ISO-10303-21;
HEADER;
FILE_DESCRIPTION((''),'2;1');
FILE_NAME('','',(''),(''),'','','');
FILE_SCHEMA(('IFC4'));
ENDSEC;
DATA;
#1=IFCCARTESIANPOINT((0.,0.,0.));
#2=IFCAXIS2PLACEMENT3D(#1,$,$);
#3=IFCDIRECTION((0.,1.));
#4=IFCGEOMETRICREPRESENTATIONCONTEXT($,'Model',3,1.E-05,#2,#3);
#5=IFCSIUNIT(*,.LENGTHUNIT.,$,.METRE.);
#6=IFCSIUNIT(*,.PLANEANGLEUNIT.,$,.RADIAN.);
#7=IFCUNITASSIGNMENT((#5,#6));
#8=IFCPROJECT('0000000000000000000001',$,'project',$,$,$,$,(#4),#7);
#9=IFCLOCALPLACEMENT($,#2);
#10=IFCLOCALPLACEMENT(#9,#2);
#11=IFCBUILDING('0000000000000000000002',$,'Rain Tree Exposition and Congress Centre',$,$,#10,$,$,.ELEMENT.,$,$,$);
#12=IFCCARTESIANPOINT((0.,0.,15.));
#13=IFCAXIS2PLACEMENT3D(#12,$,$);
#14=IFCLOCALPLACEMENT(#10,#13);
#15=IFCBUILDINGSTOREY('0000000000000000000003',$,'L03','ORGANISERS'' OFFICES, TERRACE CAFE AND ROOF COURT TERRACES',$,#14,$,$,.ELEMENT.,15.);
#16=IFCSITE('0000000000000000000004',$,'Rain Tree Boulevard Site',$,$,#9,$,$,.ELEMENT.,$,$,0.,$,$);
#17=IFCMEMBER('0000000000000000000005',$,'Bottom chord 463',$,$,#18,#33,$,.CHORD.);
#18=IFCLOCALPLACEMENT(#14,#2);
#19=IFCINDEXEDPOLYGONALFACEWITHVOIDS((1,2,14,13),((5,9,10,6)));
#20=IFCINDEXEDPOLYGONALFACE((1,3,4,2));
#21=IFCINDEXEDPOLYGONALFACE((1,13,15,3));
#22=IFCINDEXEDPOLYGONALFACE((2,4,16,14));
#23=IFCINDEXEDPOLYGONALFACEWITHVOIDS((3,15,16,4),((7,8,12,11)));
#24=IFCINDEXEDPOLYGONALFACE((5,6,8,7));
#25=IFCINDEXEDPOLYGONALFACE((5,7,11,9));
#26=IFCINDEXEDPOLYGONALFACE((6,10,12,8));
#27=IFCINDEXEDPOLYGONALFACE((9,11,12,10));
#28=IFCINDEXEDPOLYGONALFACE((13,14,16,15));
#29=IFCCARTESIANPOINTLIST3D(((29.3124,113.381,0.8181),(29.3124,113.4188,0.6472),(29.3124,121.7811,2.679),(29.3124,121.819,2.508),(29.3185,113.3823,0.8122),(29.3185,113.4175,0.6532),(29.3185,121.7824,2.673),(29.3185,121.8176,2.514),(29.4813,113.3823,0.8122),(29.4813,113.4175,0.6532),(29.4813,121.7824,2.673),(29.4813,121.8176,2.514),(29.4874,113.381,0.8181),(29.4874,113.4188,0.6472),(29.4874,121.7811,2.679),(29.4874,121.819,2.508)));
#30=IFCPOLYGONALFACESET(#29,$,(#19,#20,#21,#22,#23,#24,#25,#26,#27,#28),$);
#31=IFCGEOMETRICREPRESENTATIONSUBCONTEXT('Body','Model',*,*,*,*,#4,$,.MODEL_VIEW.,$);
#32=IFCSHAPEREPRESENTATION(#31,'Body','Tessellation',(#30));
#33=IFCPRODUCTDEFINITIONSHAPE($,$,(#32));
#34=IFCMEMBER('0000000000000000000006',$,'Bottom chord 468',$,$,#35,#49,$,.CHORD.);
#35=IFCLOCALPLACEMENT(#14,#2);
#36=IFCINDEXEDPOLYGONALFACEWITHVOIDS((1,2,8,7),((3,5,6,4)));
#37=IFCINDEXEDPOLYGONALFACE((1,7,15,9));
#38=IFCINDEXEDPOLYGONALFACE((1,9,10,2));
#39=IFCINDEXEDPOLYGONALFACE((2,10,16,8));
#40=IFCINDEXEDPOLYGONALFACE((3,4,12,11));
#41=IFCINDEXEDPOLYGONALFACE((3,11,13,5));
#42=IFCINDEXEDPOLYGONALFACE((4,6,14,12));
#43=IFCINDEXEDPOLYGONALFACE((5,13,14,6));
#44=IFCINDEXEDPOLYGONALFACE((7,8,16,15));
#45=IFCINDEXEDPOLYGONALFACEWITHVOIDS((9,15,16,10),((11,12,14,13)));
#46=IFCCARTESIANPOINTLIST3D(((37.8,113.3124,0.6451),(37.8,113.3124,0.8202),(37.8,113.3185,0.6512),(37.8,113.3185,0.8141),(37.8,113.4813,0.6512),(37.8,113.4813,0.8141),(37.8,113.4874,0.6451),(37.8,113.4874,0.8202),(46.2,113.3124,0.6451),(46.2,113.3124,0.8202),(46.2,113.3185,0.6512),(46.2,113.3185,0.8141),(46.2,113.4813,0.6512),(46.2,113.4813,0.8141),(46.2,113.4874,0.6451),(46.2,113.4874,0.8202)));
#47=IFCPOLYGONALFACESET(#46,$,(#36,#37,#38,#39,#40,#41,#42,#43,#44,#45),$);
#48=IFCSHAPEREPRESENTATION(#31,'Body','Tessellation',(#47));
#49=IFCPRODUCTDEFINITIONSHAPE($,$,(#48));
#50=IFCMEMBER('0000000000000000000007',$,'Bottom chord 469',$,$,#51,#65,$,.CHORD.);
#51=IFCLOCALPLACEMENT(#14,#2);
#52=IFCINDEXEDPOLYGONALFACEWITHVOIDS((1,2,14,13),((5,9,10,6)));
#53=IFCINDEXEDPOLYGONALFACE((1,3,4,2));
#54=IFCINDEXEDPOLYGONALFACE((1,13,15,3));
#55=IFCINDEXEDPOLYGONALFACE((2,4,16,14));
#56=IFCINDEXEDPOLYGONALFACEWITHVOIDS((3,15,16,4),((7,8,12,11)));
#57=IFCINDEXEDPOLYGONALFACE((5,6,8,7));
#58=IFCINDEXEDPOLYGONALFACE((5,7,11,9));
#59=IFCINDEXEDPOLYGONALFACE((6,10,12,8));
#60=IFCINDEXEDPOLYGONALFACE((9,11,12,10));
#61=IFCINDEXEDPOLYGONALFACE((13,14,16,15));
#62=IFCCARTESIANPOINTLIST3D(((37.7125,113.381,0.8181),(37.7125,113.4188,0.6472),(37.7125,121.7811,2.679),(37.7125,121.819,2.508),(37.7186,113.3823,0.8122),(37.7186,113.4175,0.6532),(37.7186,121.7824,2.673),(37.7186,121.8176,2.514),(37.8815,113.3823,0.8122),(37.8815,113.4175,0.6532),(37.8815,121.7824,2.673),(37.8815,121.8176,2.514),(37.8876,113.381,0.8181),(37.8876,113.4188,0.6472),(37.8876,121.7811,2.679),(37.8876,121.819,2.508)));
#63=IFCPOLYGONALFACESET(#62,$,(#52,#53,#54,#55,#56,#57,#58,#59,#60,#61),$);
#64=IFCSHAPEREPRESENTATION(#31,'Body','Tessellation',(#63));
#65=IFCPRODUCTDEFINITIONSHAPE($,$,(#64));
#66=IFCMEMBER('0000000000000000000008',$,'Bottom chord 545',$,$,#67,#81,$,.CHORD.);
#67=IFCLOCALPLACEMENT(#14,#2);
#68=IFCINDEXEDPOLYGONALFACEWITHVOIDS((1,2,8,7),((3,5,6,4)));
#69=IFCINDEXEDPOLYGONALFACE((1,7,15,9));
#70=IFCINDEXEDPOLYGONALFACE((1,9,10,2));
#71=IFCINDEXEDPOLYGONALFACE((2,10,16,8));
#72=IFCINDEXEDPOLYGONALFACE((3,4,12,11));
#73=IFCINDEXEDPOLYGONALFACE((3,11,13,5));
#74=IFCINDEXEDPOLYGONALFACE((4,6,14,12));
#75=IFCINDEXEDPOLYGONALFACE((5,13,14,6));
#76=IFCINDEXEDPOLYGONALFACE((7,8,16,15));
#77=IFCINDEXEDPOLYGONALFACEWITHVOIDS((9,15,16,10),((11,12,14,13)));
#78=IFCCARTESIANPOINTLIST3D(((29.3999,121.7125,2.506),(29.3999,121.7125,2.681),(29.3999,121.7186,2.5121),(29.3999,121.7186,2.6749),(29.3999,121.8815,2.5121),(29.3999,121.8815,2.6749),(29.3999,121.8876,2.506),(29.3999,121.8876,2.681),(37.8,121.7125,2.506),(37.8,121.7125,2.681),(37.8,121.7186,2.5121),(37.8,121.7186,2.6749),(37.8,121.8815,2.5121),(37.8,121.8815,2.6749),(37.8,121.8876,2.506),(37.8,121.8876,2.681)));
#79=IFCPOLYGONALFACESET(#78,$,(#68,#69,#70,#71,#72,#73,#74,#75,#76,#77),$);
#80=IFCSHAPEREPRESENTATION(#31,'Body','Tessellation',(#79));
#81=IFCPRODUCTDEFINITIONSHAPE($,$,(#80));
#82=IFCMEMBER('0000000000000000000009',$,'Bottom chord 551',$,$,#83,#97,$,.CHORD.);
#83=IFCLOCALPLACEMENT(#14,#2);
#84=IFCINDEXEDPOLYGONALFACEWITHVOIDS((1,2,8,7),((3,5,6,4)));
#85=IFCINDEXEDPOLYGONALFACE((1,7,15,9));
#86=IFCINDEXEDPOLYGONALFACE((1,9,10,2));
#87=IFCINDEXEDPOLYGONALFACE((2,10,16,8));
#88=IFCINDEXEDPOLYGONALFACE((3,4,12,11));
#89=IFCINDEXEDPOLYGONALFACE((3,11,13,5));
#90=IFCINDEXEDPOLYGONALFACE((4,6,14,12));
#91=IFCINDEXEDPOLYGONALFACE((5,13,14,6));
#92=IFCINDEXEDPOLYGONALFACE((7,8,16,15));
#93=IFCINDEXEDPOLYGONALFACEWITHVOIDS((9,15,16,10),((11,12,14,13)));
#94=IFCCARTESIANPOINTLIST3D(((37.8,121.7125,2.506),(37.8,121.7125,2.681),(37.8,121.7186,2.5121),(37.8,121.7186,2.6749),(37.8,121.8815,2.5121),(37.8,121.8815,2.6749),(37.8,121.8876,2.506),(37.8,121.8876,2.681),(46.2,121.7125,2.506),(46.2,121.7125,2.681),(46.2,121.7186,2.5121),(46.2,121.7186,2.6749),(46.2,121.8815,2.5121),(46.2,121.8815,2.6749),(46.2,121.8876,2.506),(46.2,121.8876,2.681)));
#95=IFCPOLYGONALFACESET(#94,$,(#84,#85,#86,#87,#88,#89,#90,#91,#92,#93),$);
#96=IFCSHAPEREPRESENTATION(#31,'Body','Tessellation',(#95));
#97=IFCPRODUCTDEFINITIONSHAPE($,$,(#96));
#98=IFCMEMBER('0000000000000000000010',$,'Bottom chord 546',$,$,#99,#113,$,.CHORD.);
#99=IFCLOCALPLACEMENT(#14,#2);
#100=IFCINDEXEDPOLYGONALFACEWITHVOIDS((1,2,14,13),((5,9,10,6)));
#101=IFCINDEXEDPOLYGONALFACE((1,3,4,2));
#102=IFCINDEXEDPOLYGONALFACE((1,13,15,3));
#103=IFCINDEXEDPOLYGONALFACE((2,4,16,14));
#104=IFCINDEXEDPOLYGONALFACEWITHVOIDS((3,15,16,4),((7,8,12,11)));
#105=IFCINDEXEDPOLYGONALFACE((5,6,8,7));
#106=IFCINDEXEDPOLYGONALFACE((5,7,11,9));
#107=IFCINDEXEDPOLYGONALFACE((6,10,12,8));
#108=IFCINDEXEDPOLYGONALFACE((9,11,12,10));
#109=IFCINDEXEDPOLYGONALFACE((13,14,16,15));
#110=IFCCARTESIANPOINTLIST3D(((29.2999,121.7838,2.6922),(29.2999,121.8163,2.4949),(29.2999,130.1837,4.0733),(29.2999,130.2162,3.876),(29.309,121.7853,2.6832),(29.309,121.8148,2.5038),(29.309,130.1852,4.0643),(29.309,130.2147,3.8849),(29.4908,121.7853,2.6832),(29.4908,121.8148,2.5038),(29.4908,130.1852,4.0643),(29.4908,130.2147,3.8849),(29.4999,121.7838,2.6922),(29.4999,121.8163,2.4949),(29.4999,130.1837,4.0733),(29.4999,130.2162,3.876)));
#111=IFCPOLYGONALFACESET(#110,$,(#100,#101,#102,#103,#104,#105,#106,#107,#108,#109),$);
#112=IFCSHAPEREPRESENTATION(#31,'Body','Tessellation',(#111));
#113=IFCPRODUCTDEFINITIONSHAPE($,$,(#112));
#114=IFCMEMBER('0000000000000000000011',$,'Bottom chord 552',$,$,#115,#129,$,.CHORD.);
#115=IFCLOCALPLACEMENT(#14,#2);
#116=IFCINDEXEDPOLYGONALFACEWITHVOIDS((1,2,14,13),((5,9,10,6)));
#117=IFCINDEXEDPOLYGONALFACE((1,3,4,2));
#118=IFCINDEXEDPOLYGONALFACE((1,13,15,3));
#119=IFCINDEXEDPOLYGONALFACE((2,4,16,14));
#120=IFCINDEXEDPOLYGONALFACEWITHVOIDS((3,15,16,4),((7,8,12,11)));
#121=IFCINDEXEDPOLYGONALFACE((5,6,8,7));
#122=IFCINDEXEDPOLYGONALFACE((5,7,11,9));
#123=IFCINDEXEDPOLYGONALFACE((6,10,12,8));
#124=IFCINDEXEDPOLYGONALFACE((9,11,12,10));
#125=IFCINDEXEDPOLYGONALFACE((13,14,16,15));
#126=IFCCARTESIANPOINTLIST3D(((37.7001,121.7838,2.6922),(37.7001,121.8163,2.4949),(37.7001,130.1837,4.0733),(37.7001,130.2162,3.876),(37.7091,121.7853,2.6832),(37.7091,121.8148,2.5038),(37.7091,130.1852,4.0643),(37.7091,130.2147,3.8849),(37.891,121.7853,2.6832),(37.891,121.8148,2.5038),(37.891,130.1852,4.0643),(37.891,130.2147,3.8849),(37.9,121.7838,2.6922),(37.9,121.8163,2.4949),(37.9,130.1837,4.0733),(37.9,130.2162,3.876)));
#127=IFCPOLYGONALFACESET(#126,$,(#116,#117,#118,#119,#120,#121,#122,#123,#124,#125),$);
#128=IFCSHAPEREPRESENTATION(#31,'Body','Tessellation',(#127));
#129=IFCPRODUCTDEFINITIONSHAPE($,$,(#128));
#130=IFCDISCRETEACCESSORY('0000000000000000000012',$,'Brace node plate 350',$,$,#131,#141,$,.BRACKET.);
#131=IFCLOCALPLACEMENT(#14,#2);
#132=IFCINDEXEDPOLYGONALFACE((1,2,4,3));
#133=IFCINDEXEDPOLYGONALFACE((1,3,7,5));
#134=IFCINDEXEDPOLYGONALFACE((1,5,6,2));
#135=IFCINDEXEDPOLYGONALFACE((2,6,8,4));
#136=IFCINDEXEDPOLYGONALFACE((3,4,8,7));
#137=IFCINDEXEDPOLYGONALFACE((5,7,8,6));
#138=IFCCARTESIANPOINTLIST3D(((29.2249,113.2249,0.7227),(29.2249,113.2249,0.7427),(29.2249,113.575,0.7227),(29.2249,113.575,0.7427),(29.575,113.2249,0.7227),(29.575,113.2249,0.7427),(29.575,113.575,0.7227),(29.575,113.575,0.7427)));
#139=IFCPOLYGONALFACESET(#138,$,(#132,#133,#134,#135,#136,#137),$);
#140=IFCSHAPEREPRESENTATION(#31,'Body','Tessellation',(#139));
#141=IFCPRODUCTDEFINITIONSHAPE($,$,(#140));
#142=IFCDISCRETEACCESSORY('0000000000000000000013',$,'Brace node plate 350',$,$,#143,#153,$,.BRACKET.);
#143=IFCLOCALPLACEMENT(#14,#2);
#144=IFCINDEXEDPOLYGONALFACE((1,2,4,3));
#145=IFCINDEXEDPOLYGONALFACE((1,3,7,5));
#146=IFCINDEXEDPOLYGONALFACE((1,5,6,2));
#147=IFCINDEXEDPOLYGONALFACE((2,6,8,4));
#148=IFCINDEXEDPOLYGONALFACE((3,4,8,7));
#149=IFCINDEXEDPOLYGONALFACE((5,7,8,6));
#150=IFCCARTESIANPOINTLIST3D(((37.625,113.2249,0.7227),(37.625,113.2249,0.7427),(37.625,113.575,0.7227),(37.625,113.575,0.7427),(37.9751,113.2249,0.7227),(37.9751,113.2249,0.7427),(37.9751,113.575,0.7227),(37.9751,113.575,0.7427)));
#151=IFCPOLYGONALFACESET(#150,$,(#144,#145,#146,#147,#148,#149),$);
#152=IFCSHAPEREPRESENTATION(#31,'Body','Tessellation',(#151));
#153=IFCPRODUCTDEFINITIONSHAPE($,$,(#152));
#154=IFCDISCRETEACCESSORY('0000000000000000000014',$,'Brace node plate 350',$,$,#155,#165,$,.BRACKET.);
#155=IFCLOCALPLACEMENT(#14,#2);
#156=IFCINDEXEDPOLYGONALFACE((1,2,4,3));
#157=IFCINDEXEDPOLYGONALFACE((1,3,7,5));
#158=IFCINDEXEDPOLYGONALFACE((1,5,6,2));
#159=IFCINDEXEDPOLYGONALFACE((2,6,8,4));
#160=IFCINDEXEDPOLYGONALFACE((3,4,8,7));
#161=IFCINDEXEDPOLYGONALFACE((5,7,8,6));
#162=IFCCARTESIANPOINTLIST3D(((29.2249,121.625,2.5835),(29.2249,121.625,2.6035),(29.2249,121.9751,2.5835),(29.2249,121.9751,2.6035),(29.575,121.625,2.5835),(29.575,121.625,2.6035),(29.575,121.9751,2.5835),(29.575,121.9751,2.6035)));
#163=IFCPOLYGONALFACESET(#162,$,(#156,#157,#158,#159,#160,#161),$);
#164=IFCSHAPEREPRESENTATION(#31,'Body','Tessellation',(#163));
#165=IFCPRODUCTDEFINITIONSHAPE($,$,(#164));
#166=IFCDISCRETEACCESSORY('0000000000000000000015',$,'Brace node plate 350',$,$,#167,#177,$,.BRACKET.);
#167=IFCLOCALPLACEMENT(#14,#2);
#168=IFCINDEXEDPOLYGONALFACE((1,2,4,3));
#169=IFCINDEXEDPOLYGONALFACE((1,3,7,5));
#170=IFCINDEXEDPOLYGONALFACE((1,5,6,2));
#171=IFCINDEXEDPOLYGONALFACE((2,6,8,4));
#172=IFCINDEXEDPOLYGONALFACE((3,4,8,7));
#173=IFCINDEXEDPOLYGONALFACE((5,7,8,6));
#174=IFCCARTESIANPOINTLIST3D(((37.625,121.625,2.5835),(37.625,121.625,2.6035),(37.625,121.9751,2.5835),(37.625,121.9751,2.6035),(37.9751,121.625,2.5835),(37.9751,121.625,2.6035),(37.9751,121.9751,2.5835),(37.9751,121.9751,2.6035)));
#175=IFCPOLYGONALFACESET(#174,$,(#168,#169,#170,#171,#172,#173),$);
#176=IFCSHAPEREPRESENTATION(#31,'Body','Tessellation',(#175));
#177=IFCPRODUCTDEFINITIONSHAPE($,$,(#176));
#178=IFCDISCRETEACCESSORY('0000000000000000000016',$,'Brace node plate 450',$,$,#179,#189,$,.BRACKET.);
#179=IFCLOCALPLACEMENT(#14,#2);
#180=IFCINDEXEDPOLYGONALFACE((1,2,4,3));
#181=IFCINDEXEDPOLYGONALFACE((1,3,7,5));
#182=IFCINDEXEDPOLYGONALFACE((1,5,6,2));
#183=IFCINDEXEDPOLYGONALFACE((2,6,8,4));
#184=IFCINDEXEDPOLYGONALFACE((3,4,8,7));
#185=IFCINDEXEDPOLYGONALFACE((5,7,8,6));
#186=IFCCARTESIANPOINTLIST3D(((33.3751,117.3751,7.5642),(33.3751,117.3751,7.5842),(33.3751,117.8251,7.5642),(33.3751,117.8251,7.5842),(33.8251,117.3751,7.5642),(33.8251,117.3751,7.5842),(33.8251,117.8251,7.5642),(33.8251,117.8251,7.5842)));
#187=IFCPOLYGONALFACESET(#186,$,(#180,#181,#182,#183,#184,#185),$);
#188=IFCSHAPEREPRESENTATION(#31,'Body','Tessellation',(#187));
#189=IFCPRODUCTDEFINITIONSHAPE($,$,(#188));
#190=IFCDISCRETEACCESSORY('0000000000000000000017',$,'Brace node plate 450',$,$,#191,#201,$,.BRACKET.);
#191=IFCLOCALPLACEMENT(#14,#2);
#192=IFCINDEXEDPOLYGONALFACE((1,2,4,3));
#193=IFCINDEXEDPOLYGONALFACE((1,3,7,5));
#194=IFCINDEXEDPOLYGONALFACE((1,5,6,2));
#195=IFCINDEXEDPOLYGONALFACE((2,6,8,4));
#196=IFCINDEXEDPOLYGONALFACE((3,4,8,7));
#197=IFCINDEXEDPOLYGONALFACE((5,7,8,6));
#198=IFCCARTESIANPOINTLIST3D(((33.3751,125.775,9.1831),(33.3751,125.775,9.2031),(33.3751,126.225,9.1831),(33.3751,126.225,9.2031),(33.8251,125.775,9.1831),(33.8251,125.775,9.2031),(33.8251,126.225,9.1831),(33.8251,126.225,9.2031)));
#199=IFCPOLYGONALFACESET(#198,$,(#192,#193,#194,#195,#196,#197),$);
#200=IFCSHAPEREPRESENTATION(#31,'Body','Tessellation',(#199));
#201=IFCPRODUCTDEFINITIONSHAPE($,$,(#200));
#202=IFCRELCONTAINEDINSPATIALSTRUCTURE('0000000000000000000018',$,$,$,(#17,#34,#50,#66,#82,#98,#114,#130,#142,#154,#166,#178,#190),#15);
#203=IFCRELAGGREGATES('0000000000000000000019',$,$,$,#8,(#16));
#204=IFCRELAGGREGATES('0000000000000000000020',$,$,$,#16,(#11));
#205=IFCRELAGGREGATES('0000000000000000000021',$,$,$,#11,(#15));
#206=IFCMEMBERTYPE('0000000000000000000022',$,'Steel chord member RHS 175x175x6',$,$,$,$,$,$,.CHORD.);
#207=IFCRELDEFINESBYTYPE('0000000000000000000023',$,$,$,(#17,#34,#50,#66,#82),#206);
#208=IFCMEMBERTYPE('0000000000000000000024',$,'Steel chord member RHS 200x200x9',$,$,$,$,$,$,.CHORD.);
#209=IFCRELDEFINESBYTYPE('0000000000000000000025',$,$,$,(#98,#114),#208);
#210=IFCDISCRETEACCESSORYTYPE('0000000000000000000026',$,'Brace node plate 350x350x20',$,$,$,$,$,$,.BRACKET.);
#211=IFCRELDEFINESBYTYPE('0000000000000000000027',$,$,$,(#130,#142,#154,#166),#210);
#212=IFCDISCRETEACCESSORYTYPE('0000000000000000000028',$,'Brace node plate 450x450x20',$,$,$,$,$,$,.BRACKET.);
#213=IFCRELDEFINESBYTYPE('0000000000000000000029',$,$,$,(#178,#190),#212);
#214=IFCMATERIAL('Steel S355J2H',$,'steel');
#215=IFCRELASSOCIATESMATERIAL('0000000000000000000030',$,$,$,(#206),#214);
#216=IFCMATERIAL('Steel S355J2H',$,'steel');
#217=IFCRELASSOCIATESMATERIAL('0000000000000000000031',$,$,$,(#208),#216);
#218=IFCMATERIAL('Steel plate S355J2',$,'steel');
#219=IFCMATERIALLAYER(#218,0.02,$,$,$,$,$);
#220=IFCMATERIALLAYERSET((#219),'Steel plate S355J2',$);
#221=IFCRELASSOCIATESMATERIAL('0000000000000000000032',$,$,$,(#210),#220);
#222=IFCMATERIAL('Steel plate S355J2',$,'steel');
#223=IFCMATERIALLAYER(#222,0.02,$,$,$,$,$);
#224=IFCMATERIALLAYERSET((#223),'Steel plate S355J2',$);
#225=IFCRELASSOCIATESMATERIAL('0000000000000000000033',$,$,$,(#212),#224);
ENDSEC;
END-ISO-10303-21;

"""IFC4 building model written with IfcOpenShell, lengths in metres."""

from ifc_helpers import new_model, si_unit, direction, frame, origin, origin_2d, place, context, subcontext, project, spatial, rectangle, hollow_rectangle, extrude, material, layer, layer_set, material_profile, profile_set, type_object, element, save


model = new_model("IFC4")

# Units and contexts
model_context = context("Model", 3, precision=1e-05, world=origin(), true_north=direction((0.0, 1.0)))
body_context = subcontext(model_context, "Body", "Model", "MODEL_VIEW")
ifc_project = project(units=[si_unit("LENGTHUNIT", "METRE"), si_unit("PLANEANGLEUNIT", "RADIAN")], contexts=[model_context])

# Site, building, storey
site_placement = place(None, origin())
site = spatial("IfcSite", under=ifc_project, at=site_placement, Name="Rain Tree Boulevard Site", CompositionType="ELEMENT", RefElevation=0.0)
building_placement = place(site_placement, origin())
building = spatial("IfcBuilding", under=site, at=building_placement, Name="Rain Tree Exposition and Congress Centre", CompositionType="ELEMENT")
storey_placement = place(building_placement, frame((0.0, 0.0, 15.0)))
storey = spatial("IfcBuildingStorey", under=building, at=storey_placement, Name="L03", Description="ORGANISERS' OFFICES, TERRACE CAFE AND ROOF COURT TERRACES", CompositionType="ELEMENT", Elevation=15.0)

# Members
ifc_material_1 = material(Name="Steel S355J2H", Category="steel")
ifc_material_profile_1 = material_profile(ifc_material_1, hollow_rectangle(XDim=0.175, YDim=0.175, WallThickness=0.0061, at=origin_2d()), Name="RHS 175x175x6")
ifc_profile_set_1 = profile_set([ifc_material_profile_1], Name="Steel S355J2H")
member_type_1 = type_object("IfcMemberType", Name="Steel chord member RHS 175x175x6", PredefinedType="CHORD", material=ifc_profile_set_1)
member_1_placement = place(storey_placement, frame((29.3999, 113.3999, 0.7327), z_axis=(0.0, 0.976331, 0.216281), x_axis=(-1.0, 0.0, 0.0)))
element("IfcMember", 1, at=member_1_placement, inside=storey, type_object=member_type_1, Name="Bottom chord 463", PredefinedType="CHORD", context=body_context, shape_type="SweptSolid", body=[
    extrude(hollow_rectangle(XDim=0.175, YDim=0.175, WallThickness=0.0061, at=origin_2d()), origin(), (0.0, 0.0, 1.0), 8.6038),
])
member_2_placement = place(storey_placement, frame((37.8, 113.3999, 0.7327), z_axis=(1.0, 0.0, 0.0), x_axis=(0.0, 1.0, 0.0)))
element("IfcMember", 2, at=member_2_placement, inside=storey, type_object=member_type_1, Name="Bottom chord 468", PredefinedType="CHORD", context=body_context, shape_type="SweptSolid", body=[
    extrude(hollow_rectangle(XDim=0.175, YDim=0.175, WallThickness=0.0061, at=origin_2d()), origin(), (0.0, 0.0, 1.0), 8.3999),
])
member_3_placement = place(storey_placement, frame((37.8, 113.3999, 0.7327), z_axis=(0.0, 0.976331, 0.216281), x_axis=(-1.0, 0.0, 0.0)))
element("IfcMember", 3, at=member_3_placement, inside=storey, type_object=member_type_1, Name="Bottom chord 469", PredefinedType="CHORD", context=body_context, shape_type="SweptSolid", body=[
    extrude(hollow_rectangle(XDim=0.175, YDim=0.175, WallThickness=0.0061, at=origin_2d()), origin(), (0.0, 0.0, 1.0), 8.6038),
])
member_4_placement = place(storey_placement, frame((29.3999, 121.8, 2.5935), z_axis=(1.0, 0.0, 0.0), x_axis=(0.0, 1.0, 0.0)))
element("IfcMember", 4, at=member_4_placement, inside=storey, type_object=member_type_1, Name="Bottom chord 545", PredefinedType="CHORD", context=body_context, shape_type="SweptSolid", body=[
    extrude(hollow_rectangle(XDim=0.175, YDim=0.175, WallThickness=0.0061, at=origin_2d()), origin(), (0.0, 0.0, 1.0), 8.4001),
])
member_5_placement = place(storey_placement, frame((37.8, 121.8, 2.5935), z_axis=(1.0, 0.0, 0.0), x_axis=(0.0, 1.0, 0.0)))
element("IfcMember", 5, at=member_5_placement, inside=storey, type_object=member_type_1, Name="Bottom chord 551", PredefinedType="CHORD", context=body_context, shape_type="SweptSolid", body=[
    extrude(hollow_rectangle(XDim=0.175, YDim=0.175, WallThickness=0.0061, at=origin_2d()), origin(), (0.0, 0.0, 1.0), 8.3999),
])
ifc_material_2 = material(Name="Steel S355J2H", Category="steel")
ifc_material_profile_2 = material_profile(ifc_material_2, hollow_rectangle(XDim=0.2, YDim=0.2, WallThickness=0.009, at=origin_2d()), Name="RHS 200x200x9")
ifc_profile_set_2 = profile_set([ifc_material_profile_2], Name="Steel S355J2H")
member_type_2 = type_object("IfcMemberType", Name="Steel chord member RHS 200x200x9", PredefinedType="CHORD", material=ifc_profile_set_2)
for number, where, z_axis, x_axis, name in (
    (6, (29.3999, 121.8, 2.5935), (0.0, 0.986751, 0.162241), (-1.0, 0.0, 0.0), "Bottom chord 546"),
    (7, (37.8, 121.8, 2.5935), (0.0, 0.986751, 0.162241), (-1.0, 0.0, 0.0), "Bottom chord 552"),
):
    element("IfcMember", number, at=place(storey_placement, frame(where, z_axis=z_axis, x_axis=x_axis)), inside=storey, type_object=member_type_2, Name=name, PredefinedType="CHORD", context=body_context, shape_type="SweptSolid", body=[
        extrude(hollow_rectangle(XDim=0.2, YDim=0.2, WallThickness=0.009, at=origin_2d()), origin(), (0.0, 0.0, 1.0), 8.5127),
    ])

# Discrete accessories
ifc_material_3 = material(Name="Steel plate S355J2", Category="steel")
ifc_layer_1 = layer(ifc_material_3, 0.02)
ifc_layer_set_1 = layer_set([ifc_layer_1], Name="Steel plate S355J2")
discrete_accessory_type_1 = type_object("IfcDiscreteAccessoryType", Name="Brace node plate 350x350x20", PredefinedType="BRACKET", material=ifc_layer_set_1)
for number, where, z_axis, x_axis, name in (
    (8, (29.3999, 113.3999, 0.7227), (0.0, 0.0, 1.0), (1.0, 0.0, 0.0), "Brace node plate 350"),
    (9, (37.8, 113.3999, 0.7227), (0.0, 0.0, 1.0), (1.0, 0.0, 0.0), "Brace node plate 350"),
    (10, (29.3999, 121.8, 2.5835), (0.0, 0.0, 1.0), (1.0, 0.0, 0.0), "Brace node plate 350"),
    (11, (37.8, 121.8, 2.5835), (0.0, 0.0, 1.0), (1.0, 0.0, 0.0), "Brace node plate 350"),
):
    element("IfcDiscreteAccessory", number, at=place(storey_placement, frame(where, z_axis=z_axis, x_axis=x_axis)), inside=storey, type_object=discrete_accessory_type_1, Name=name, PredefinedType="BRACKET", context=body_context, shape_type="SweptSolid", body=[
        extrude(rectangle(XDim=0.3501, YDim=0.3501, at=origin_2d()), origin(), (0.0, 0.0, 1.0), 0.02),
    ])
ifc_material_4 = material(Name="Steel plate S355J2", Category="steel")
ifc_layer_2 = layer(ifc_material_4, 0.02)
ifc_layer_set_2 = layer_set([ifc_layer_2], Name="Steel plate S355J2")
discrete_accessory_type_2 = type_object("IfcDiscreteAccessoryType", Name="Brace node plate 450x450x20", PredefinedType="BRACKET", material=ifc_layer_set_2)
for number, where, z_axis, x_axis, name in (
    (12, (33.6001, 117.6001, 7.5642), (0.0, 0.0, 1.0), (1.0, 0.0, 0.0), "Brace node plate 450"),
    (13, (33.6001, 126.0, 9.1831), (0.0, 0.0, 1.0), (1.0, 0.0, 0.0), "Brace node plate 450"),
):
    element("IfcDiscreteAccessory", number, at=place(storey_placement, frame(where, z_axis=z_axis, x_axis=x_axis)), inside=storey, type_object=discrete_accessory_type_2, Name=name, PredefinedType="BRACKET", context=body_context, shape_type="SweptSolid", body=[
        extrude(rectangle(XDim=0.45, YDim=0.45, at=origin_2d()), origin(), (0.0, 0.0, 1.0), 0.02),
    ])

save(model, "model.ifc")
